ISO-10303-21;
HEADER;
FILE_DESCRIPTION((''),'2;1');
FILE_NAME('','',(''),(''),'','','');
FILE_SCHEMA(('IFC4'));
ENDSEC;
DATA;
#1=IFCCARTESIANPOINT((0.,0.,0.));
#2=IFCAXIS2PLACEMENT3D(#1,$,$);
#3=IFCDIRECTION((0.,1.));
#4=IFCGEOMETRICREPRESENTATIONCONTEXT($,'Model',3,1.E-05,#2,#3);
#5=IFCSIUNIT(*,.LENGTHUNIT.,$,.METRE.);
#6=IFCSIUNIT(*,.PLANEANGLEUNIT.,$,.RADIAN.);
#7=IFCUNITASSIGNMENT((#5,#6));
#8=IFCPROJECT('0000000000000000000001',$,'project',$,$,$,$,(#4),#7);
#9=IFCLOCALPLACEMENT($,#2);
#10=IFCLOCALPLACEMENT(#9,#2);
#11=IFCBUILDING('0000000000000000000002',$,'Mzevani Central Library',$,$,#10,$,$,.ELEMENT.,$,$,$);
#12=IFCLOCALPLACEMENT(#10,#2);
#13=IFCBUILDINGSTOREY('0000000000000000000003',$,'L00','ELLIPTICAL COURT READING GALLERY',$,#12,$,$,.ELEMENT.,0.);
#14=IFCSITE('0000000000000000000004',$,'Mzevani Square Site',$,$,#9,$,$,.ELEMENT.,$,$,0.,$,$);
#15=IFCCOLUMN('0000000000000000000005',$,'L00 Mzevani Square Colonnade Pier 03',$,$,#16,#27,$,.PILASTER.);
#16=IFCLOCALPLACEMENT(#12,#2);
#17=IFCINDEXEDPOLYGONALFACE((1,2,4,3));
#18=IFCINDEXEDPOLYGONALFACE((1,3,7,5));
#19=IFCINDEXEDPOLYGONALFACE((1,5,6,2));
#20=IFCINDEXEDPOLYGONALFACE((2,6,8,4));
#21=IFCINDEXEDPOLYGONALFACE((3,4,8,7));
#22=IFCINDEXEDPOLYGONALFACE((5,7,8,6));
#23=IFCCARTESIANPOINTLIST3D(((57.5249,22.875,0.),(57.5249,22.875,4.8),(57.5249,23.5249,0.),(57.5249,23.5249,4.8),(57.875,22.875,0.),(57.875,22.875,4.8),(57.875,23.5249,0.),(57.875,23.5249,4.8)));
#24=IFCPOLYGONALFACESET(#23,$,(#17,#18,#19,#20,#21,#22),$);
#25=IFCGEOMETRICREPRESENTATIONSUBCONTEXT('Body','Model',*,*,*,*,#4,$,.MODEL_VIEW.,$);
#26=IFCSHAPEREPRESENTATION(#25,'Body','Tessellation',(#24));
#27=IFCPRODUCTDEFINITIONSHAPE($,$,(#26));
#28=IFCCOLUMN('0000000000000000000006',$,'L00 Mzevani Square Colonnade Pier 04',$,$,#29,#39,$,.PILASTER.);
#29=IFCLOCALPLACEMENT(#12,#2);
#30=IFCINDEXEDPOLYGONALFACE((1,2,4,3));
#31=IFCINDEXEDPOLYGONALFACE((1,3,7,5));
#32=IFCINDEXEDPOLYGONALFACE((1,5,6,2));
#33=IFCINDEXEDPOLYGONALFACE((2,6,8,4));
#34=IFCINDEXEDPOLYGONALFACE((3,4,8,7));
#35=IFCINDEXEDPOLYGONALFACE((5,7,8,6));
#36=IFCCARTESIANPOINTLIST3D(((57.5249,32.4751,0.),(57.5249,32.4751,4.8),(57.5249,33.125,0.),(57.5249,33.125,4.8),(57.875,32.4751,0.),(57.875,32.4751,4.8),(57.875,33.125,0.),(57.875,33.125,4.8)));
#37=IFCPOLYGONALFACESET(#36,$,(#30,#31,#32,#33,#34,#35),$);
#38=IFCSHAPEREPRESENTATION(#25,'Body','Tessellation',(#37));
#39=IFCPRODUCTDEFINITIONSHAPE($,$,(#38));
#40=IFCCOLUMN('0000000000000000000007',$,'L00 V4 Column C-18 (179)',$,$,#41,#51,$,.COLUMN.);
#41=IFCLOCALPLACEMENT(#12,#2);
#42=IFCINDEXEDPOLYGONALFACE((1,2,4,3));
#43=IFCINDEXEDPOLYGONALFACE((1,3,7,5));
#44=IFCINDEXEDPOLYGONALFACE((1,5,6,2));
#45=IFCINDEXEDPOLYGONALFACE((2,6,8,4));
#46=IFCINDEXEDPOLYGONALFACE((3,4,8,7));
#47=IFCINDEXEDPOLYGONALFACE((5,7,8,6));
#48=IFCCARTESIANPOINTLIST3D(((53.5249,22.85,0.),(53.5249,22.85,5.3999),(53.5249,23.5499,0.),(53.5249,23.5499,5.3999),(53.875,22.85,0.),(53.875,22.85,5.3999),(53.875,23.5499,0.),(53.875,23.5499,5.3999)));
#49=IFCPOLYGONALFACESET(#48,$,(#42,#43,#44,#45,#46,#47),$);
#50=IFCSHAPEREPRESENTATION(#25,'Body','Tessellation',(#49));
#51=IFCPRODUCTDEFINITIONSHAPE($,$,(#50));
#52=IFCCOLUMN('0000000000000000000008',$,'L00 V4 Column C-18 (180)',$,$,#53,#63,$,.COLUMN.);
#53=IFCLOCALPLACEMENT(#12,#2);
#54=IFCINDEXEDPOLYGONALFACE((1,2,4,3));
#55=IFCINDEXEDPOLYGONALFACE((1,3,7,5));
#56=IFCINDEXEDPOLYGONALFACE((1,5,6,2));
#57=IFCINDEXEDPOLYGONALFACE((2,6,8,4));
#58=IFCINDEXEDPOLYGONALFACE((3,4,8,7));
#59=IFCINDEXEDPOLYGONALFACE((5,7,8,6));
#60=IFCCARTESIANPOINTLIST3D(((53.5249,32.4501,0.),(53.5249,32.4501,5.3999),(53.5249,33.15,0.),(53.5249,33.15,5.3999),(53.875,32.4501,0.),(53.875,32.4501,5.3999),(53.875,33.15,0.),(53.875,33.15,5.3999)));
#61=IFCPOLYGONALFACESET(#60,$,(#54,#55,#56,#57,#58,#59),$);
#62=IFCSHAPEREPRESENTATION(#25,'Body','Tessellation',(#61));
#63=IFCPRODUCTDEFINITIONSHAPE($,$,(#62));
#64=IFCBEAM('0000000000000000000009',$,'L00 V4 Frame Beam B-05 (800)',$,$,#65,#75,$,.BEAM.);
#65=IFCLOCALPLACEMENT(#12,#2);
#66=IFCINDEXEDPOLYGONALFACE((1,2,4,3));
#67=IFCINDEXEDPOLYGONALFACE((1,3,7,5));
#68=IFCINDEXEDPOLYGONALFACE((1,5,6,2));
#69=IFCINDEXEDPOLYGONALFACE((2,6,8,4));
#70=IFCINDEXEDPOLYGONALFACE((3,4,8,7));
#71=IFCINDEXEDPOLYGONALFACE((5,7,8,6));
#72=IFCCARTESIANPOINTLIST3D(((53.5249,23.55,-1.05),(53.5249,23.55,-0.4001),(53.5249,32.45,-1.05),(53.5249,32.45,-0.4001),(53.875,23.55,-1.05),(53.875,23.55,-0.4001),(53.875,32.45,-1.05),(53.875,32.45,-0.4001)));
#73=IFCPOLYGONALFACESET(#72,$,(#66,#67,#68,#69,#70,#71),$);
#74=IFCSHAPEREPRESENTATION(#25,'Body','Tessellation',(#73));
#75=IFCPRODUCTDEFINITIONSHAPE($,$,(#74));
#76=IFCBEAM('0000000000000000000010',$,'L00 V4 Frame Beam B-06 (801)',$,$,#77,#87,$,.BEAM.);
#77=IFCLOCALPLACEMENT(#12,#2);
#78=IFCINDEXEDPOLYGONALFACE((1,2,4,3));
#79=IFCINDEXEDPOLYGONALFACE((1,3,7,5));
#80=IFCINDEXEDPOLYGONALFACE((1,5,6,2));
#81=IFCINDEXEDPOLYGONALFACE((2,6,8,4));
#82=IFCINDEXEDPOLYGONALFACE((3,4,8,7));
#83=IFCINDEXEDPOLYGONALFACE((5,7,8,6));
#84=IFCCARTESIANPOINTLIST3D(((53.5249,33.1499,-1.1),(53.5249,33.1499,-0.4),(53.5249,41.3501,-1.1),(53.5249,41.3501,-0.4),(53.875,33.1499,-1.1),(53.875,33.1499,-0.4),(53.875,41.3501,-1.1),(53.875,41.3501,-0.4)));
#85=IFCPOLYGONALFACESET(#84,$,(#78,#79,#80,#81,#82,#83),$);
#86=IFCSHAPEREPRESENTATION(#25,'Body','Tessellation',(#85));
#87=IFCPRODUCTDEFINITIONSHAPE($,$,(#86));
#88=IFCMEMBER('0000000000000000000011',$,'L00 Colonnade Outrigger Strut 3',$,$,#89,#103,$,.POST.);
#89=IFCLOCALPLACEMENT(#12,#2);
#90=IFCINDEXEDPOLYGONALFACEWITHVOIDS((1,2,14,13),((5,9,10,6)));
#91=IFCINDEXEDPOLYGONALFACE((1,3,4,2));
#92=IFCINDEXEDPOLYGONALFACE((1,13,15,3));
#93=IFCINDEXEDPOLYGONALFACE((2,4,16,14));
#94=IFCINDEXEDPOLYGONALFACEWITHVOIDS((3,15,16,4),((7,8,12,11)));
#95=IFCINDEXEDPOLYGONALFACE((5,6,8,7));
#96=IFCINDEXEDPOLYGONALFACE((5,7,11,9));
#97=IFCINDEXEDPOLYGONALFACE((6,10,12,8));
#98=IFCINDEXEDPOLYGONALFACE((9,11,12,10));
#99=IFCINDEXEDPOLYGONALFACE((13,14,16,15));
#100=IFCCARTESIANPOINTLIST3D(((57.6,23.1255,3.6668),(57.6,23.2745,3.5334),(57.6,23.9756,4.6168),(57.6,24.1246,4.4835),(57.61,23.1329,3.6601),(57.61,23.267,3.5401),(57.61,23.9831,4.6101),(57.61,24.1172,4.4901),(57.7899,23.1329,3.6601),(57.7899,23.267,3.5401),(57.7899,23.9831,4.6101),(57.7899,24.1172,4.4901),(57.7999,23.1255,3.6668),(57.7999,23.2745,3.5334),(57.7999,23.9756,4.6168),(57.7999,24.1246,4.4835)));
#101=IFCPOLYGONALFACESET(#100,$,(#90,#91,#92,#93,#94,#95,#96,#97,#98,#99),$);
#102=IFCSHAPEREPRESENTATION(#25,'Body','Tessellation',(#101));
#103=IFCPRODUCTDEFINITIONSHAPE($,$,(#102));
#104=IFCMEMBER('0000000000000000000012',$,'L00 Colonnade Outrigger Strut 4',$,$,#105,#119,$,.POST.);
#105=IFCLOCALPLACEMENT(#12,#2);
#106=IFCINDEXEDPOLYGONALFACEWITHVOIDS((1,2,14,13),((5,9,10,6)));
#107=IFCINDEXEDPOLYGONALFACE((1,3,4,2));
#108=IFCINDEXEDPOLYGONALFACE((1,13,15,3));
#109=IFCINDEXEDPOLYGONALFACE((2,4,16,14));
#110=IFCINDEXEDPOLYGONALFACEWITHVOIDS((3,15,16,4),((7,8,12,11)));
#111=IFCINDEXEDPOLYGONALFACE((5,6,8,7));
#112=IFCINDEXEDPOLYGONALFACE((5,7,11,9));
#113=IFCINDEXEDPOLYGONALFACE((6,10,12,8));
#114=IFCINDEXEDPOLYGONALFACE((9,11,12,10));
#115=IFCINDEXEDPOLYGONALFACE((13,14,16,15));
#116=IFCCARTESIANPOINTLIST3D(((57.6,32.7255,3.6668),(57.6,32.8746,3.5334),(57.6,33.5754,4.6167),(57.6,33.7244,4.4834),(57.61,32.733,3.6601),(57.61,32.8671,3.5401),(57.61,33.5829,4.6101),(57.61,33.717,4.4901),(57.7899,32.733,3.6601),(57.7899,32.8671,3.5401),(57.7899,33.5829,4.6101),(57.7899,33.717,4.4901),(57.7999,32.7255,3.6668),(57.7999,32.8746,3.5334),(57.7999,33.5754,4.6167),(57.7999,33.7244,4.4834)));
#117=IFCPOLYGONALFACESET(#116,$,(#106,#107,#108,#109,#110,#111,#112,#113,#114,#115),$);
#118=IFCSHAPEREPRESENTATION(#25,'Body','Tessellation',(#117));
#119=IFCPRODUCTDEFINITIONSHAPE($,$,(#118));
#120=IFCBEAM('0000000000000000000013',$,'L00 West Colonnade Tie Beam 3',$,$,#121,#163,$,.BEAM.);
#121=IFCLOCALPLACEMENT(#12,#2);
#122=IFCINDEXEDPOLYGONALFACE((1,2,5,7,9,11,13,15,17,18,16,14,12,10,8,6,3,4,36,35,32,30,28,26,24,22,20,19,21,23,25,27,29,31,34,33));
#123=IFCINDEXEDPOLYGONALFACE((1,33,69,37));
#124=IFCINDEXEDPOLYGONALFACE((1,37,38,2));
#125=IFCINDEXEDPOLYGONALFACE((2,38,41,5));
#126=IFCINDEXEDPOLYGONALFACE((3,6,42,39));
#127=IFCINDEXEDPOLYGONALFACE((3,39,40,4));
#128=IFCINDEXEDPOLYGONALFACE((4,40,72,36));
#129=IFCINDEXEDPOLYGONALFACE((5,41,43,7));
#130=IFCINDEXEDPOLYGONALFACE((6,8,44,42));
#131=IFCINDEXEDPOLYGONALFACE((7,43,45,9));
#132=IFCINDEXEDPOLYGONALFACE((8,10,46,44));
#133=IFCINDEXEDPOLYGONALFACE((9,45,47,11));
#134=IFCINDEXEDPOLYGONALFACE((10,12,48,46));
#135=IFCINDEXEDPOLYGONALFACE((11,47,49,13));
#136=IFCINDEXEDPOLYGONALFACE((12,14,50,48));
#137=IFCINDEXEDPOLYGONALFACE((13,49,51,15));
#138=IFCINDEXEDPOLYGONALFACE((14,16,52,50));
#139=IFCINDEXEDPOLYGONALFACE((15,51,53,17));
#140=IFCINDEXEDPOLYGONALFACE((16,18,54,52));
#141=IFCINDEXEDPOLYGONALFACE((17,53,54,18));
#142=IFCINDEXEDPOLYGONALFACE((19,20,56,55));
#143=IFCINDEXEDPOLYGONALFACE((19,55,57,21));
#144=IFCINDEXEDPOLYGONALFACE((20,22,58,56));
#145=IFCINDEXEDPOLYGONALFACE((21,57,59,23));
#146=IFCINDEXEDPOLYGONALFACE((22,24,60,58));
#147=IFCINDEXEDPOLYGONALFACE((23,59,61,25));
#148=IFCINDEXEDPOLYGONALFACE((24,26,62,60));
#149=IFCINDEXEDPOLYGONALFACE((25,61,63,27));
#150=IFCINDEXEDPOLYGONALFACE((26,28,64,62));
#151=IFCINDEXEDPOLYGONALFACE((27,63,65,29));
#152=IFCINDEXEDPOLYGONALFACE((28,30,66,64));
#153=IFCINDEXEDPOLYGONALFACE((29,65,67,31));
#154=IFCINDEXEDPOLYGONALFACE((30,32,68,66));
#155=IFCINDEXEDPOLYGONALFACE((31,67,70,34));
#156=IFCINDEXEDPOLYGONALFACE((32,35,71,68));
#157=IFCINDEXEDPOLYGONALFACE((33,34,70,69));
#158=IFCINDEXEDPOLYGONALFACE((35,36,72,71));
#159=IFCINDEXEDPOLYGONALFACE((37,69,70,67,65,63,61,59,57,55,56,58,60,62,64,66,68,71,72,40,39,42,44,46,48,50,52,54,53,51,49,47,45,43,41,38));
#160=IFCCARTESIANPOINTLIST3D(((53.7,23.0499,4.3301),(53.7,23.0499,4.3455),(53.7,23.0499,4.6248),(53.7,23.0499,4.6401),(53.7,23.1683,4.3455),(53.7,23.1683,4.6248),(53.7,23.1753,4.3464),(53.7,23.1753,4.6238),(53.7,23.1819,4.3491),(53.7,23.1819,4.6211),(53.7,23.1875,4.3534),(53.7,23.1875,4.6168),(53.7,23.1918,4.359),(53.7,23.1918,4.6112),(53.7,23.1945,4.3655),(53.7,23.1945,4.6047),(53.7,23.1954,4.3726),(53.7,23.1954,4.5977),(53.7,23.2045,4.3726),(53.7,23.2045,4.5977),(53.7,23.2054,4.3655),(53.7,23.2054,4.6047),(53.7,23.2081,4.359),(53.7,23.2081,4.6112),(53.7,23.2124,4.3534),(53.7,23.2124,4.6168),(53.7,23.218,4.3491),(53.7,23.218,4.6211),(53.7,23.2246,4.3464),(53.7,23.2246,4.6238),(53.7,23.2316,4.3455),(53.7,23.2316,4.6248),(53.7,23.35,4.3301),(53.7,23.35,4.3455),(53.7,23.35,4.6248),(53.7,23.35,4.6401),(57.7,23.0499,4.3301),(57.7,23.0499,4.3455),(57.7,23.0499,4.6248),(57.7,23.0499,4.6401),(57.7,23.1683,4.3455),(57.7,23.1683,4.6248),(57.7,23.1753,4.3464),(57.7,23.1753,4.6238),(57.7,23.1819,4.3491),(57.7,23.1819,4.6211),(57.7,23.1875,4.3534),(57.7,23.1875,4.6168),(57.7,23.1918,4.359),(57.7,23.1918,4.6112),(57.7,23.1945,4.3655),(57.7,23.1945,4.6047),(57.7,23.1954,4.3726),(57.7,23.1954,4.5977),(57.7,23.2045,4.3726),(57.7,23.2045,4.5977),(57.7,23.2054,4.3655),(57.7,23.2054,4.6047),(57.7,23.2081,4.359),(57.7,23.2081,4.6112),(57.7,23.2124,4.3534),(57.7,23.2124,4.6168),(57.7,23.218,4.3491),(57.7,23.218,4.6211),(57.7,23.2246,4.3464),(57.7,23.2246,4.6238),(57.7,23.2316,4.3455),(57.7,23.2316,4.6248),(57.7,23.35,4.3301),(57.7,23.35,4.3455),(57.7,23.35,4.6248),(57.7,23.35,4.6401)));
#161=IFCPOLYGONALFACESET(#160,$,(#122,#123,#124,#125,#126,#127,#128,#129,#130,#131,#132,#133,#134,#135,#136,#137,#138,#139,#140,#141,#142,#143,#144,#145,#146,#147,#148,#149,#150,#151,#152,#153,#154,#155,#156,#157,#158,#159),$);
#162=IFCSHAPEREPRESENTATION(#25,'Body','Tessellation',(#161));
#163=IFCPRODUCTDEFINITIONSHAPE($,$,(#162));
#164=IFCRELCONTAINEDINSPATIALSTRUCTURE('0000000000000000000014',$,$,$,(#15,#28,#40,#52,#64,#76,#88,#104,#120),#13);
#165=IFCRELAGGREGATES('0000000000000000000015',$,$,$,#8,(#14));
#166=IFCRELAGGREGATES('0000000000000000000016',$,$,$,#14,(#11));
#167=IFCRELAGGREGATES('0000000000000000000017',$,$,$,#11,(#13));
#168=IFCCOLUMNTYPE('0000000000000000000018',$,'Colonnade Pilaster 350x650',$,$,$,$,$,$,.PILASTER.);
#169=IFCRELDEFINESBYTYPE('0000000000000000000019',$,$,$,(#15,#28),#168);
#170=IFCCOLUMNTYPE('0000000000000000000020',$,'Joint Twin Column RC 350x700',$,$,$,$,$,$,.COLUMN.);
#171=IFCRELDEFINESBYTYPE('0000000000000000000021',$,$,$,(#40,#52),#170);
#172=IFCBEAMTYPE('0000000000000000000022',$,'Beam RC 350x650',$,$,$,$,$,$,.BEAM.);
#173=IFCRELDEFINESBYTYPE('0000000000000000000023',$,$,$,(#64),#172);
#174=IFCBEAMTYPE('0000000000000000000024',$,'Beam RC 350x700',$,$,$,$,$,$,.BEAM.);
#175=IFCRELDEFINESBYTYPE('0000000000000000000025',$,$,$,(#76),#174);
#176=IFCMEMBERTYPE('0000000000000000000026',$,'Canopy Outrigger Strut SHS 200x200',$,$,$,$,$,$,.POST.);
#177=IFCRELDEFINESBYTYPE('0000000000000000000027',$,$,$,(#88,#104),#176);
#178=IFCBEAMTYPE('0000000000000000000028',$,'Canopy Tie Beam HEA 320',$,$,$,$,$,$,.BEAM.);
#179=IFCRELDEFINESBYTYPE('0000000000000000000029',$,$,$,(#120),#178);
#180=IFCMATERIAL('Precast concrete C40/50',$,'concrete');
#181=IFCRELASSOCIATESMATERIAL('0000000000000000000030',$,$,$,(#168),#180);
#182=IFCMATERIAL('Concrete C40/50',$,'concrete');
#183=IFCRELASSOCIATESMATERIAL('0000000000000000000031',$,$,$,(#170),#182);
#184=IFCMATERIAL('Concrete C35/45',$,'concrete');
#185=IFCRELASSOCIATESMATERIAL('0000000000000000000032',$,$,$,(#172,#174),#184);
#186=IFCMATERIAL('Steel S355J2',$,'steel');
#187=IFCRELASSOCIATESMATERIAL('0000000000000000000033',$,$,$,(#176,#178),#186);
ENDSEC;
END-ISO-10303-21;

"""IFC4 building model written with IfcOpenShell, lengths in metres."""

from ifc_helpers import new_model, si_unit, direction, frame, origin, origin_2d, place, context, subcontext, project, spatial, rectangle, hollow_rectangle, i_section, extrude, material, material_profile, profile_set, type_object, element, save


model = new_model("IFC4")

# Units and contexts
model_context = context("Model", 3, precision=1e-05, world=origin(), true_north=direction((0.0, 1.0)))
body_context = subcontext(model_context, "Body", "Model", "MODEL_VIEW")
ifc_project = project(units=[si_unit("LENGTHUNIT", "METRE"), si_unit("PLANEANGLEUNIT", "RADIAN")], contexts=[model_context])

# Site, building, storey
site_placement = place(None, origin())
site = spatial("IfcSite", under=ifc_project, at=site_placement, Name="Mzevani Square Site", CompositionType="ELEMENT", RefElevation=0.0)
building_placement = place(site_placement, origin())
building = spatial("IfcBuilding", under=site, at=building_placement, Name="Mzevani Central Library", CompositionType="ELEMENT")
storey_placement = place(building_placement, origin())
storey = spatial("IfcBuildingStorey", under=building, at=storey_placement, Name="L00", Description="ELLIPTICAL COURT READING GALLERY", CompositionType="ELEMENT", Elevation=0.0)

# Columns
ifc_material_1 = material(Name="Precast concrete C40/50", Category="concrete")
ifc_material_profile_1 = material_profile(ifc_material_1, rectangle(XDim=0.3501, YDim=0.6499, at=origin_2d()), Name="PC PIL 350x650")
ifc_profile_set_1 = profile_set([ifc_material_profile_1], Name="Precast concrete C40/50")
column_type_1 = type_object("IfcColumnType", Name="Colonnade Pilaster 350x650", PredefinedType="PILASTER", material=ifc_profile_set_1)
for number, where, z_axis, x_axis, name in (
    (1, (57.7, 23.2, 0.0), (0.0, 0.0, 1.0), (1.0, 0.0, 0.0), "L00 Mzevani Square Colonnade Pier 03"),
    (2, (57.7, 32.8, 0.0), (0.0, 0.0, 1.0), (1.0, 0.0, 0.0), "L00 Mzevani Square Colonnade Pier 04"),
):
    element("IfcColumn", number, at=place(storey_placement, frame(where, z_axis=z_axis, x_axis=x_axis)), inside=storey, type_object=column_type_1, Name=name, PredefinedType="PILASTER", context=body_context, shape_type="SweptSolid", body=[
        extrude(rectangle(XDim=0.3501, YDim=0.6499, at=origin_2d()), origin(), (0.0, 0.0, 1.0), 4.8),
    ])
ifc_material_2 = material(Name="Concrete C40/50", Category="concrete")
ifc_material_profile_2 = material_profile(ifc_material_2, rectangle(XDim=0.3501, YDim=0.7, at=origin_2d()), Name="RC 350x700")
ifc_profile_set_2 = profile_set([ifc_material_profile_2], Name="Concrete C40/50")
column_type_2 = type_object("IfcColumnType", Name="Joint Twin Column RC 350x700", PredefinedType="COLUMN", material=ifc_profile_set_2)
for number, where, z_axis, x_axis, name in (
    (3, (53.7, 23.2, 0.0), (0.0, 0.0, 1.0), (1.0, 0.0, 0.0), "L00 V4 Column C-18 (179)"),
    (4, (53.7, 32.8, 0.0), (0.0, 0.0, 1.0), (1.0, 0.0, 0.0), "L00 V4 Column C-18 (180)"),
):
    element("IfcColumn", number, at=place(storey_placement, frame(where, z_axis=z_axis, x_axis=x_axis)), inside=storey, type_object=column_type_2, Name=name, PredefinedType="COLUMN", context=body_context, shape_type="SweptSolid", body=[
        extrude(rectangle(XDim=0.3501, YDim=0.7, at=origin_2d()), origin(), (0.0, 0.0, 1.0), 5.3999),
    ])

# Beams
ifc_material_3 = material(Name="Concrete C35/45", Category="concrete")
ifc_material_profile_3 = material_profile(ifc_material_3, rectangle(XDim=0.3501, YDim=0.6499, at=origin_2d()), Name="RC B350x650")
ifc_profile_set_3 = profile_set([ifc_material_profile_3], Name="Concrete C35/45")
beam_type_1 = type_object("IfcBeamType", Name="Beam RC 350x650", PredefinedType="BEAM", material=ifc_profile_set_3)
beam_1_placement = place(storey_placement, frame((53.7, 23.55, -0.7251), z_axis=(0.0, 1.0, 0.0), x_axis=(-1.0, 0.0, 0.0)))
element("IfcBeam", 5, at=beam_1_placement, inside=storey, type_object=beam_type_1, Name="L00 V4 Frame Beam B-05 (800)", PredefinedType="BEAM", context=body_context, shape_type="SweptSolid", body=[
    extrude(rectangle(XDim=0.3501, YDim=0.6499, at=origin_2d()), origin(), (0.0, 0.0, 1.0), 8.8999),
])
ifc_material_profile_4 = material_profile(ifc_material_3, rectangle(XDim=0.3501, YDim=0.7, at=origin_2d()), Name="RC B350x700")
ifc_profile_set_4 = profile_set([ifc_material_profile_4], Name="Concrete C35/45")
beam_type_2 = type_object("IfcBeamType", Name="Beam RC 350x700", PredefinedType="BEAM", material=ifc_profile_set_4)
beam_2_placement = place(storey_placement, frame((53.7, 33.1499, -0.75), z_axis=(0.0, 1.0, 0.0), x_axis=(-1.0, 0.0, 0.0)))
element("IfcBeam", 6, at=beam_2_placement, inside=storey, type_object=beam_type_2, Name="L00 V4 Frame Beam B-06 (801)", PredefinedType="BEAM", context=body_context, shape_type="SweptSolid", body=[
    extrude(rectangle(XDim=0.3501, YDim=0.7, at=origin_2d()), origin(), (0.0, 0.0, 1.0), 8.2002),
])

# Members
ifc_material_4 = material(Name="Steel S355J2", Category="steel")
ifc_material_profile_5 = material_profile(ifc_material_4, hollow_rectangle(XDim=0.2, YDim=0.2, WallThickness=0.01, at=origin_2d()), Name="SHS 200x200x10.0")
ifc_profile_set_5 = profile_set([ifc_material_profile_5], Name="Steel S355J2")
member_type = type_object("IfcMemberType", Name="Canopy Outrigger Strut SHS 200x200", PredefinedType="POST", material=ifc_profile_set_5)
member_1_placement = place(storey_placement, frame((57.7, 23.2, 3.6001), z_axis=(0.0, 0.666856, 0.745186), x_axis=(-1.0, 0.0, 0.0)))
element("IfcMember", 7, at=member_1_placement, inside=storey, type_object=member_type, Name="L00 Colonnade Outrigger Strut 3", PredefinedType="POST", context=body_context, shape_type="SweptSolid", body=[
    extrude(hollow_rectangle(XDim=0.2, YDim=0.2, WallThickness=0.01, at=origin_2d()), origin(), (0.0, 0.0, 1.0), 1.2749),
])
member_2_placement = place(storey_placement, frame((57.7, 32.8, 3.6001), z_axis=(0.0, 0.66675, 0.745281), x_axis=(-1.0, 0.0, 0.0)))
element("IfcMember", 8, at=member_2_placement, inside=storey, type_object=member_type, Name="L00 Colonnade Outrigger Strut 4", PredefinedType="POST", context=body_context, shape_type="SweptSolid", body=[
    extrude(hollow_rectangle(XDim=0.2, YDim=0.2, WallThickness=0.01, at=origin_2d()), origin(), (0.0, 0.0, 1.0), 1.2747),
])

# Beam
ifc_material_profile_6 = material_profile(ifc_material_4, i_section(OverallWidth=0.3, OverallDepth=0.3101, WebThickness=0.009, FlangeThickness=0.0154, FilletRadius=0.0271, at=origin_2d()), Name="HEA 320")
ifc_profile_set_6 = profile_set([ifc_material_profile_6], Name="Steel S355J2")
beam_type_3 = type_object("IfcBeamType", Name="Canopy Tie Beam HEA 320", PredefinedType="BEAM", material=ifc_profile_set_6)
for number, where, z_axis, x_axis, name in (
    (9, (53.7, 23.2, 4.4851), (1.0, 0.0, 0.0), (0.0, 1.0, 0.0), "L00 West Colonnade Tie Beam 3"),
):
    element("IfcBeam", number, at=place(storey_placement, frame(where, z_axis=z_axis, x_axis=x_axis)), inside=storey, type_object=beam_type_3, Name=name, PredefinedType="BEAM", context=body_context, shape_type="SweptSolid", body=[
        extrude(i_section(OverallWidth=0.3, OverallDepth=0.3101, WebThickness=0.009, FlangeThickness=0.0154, FilletRadius=0.0271, at=origin_2d()), origin(), (0.0, 0.0, 1.0), 4.0),
    ])

save(model, "model.ifc")
